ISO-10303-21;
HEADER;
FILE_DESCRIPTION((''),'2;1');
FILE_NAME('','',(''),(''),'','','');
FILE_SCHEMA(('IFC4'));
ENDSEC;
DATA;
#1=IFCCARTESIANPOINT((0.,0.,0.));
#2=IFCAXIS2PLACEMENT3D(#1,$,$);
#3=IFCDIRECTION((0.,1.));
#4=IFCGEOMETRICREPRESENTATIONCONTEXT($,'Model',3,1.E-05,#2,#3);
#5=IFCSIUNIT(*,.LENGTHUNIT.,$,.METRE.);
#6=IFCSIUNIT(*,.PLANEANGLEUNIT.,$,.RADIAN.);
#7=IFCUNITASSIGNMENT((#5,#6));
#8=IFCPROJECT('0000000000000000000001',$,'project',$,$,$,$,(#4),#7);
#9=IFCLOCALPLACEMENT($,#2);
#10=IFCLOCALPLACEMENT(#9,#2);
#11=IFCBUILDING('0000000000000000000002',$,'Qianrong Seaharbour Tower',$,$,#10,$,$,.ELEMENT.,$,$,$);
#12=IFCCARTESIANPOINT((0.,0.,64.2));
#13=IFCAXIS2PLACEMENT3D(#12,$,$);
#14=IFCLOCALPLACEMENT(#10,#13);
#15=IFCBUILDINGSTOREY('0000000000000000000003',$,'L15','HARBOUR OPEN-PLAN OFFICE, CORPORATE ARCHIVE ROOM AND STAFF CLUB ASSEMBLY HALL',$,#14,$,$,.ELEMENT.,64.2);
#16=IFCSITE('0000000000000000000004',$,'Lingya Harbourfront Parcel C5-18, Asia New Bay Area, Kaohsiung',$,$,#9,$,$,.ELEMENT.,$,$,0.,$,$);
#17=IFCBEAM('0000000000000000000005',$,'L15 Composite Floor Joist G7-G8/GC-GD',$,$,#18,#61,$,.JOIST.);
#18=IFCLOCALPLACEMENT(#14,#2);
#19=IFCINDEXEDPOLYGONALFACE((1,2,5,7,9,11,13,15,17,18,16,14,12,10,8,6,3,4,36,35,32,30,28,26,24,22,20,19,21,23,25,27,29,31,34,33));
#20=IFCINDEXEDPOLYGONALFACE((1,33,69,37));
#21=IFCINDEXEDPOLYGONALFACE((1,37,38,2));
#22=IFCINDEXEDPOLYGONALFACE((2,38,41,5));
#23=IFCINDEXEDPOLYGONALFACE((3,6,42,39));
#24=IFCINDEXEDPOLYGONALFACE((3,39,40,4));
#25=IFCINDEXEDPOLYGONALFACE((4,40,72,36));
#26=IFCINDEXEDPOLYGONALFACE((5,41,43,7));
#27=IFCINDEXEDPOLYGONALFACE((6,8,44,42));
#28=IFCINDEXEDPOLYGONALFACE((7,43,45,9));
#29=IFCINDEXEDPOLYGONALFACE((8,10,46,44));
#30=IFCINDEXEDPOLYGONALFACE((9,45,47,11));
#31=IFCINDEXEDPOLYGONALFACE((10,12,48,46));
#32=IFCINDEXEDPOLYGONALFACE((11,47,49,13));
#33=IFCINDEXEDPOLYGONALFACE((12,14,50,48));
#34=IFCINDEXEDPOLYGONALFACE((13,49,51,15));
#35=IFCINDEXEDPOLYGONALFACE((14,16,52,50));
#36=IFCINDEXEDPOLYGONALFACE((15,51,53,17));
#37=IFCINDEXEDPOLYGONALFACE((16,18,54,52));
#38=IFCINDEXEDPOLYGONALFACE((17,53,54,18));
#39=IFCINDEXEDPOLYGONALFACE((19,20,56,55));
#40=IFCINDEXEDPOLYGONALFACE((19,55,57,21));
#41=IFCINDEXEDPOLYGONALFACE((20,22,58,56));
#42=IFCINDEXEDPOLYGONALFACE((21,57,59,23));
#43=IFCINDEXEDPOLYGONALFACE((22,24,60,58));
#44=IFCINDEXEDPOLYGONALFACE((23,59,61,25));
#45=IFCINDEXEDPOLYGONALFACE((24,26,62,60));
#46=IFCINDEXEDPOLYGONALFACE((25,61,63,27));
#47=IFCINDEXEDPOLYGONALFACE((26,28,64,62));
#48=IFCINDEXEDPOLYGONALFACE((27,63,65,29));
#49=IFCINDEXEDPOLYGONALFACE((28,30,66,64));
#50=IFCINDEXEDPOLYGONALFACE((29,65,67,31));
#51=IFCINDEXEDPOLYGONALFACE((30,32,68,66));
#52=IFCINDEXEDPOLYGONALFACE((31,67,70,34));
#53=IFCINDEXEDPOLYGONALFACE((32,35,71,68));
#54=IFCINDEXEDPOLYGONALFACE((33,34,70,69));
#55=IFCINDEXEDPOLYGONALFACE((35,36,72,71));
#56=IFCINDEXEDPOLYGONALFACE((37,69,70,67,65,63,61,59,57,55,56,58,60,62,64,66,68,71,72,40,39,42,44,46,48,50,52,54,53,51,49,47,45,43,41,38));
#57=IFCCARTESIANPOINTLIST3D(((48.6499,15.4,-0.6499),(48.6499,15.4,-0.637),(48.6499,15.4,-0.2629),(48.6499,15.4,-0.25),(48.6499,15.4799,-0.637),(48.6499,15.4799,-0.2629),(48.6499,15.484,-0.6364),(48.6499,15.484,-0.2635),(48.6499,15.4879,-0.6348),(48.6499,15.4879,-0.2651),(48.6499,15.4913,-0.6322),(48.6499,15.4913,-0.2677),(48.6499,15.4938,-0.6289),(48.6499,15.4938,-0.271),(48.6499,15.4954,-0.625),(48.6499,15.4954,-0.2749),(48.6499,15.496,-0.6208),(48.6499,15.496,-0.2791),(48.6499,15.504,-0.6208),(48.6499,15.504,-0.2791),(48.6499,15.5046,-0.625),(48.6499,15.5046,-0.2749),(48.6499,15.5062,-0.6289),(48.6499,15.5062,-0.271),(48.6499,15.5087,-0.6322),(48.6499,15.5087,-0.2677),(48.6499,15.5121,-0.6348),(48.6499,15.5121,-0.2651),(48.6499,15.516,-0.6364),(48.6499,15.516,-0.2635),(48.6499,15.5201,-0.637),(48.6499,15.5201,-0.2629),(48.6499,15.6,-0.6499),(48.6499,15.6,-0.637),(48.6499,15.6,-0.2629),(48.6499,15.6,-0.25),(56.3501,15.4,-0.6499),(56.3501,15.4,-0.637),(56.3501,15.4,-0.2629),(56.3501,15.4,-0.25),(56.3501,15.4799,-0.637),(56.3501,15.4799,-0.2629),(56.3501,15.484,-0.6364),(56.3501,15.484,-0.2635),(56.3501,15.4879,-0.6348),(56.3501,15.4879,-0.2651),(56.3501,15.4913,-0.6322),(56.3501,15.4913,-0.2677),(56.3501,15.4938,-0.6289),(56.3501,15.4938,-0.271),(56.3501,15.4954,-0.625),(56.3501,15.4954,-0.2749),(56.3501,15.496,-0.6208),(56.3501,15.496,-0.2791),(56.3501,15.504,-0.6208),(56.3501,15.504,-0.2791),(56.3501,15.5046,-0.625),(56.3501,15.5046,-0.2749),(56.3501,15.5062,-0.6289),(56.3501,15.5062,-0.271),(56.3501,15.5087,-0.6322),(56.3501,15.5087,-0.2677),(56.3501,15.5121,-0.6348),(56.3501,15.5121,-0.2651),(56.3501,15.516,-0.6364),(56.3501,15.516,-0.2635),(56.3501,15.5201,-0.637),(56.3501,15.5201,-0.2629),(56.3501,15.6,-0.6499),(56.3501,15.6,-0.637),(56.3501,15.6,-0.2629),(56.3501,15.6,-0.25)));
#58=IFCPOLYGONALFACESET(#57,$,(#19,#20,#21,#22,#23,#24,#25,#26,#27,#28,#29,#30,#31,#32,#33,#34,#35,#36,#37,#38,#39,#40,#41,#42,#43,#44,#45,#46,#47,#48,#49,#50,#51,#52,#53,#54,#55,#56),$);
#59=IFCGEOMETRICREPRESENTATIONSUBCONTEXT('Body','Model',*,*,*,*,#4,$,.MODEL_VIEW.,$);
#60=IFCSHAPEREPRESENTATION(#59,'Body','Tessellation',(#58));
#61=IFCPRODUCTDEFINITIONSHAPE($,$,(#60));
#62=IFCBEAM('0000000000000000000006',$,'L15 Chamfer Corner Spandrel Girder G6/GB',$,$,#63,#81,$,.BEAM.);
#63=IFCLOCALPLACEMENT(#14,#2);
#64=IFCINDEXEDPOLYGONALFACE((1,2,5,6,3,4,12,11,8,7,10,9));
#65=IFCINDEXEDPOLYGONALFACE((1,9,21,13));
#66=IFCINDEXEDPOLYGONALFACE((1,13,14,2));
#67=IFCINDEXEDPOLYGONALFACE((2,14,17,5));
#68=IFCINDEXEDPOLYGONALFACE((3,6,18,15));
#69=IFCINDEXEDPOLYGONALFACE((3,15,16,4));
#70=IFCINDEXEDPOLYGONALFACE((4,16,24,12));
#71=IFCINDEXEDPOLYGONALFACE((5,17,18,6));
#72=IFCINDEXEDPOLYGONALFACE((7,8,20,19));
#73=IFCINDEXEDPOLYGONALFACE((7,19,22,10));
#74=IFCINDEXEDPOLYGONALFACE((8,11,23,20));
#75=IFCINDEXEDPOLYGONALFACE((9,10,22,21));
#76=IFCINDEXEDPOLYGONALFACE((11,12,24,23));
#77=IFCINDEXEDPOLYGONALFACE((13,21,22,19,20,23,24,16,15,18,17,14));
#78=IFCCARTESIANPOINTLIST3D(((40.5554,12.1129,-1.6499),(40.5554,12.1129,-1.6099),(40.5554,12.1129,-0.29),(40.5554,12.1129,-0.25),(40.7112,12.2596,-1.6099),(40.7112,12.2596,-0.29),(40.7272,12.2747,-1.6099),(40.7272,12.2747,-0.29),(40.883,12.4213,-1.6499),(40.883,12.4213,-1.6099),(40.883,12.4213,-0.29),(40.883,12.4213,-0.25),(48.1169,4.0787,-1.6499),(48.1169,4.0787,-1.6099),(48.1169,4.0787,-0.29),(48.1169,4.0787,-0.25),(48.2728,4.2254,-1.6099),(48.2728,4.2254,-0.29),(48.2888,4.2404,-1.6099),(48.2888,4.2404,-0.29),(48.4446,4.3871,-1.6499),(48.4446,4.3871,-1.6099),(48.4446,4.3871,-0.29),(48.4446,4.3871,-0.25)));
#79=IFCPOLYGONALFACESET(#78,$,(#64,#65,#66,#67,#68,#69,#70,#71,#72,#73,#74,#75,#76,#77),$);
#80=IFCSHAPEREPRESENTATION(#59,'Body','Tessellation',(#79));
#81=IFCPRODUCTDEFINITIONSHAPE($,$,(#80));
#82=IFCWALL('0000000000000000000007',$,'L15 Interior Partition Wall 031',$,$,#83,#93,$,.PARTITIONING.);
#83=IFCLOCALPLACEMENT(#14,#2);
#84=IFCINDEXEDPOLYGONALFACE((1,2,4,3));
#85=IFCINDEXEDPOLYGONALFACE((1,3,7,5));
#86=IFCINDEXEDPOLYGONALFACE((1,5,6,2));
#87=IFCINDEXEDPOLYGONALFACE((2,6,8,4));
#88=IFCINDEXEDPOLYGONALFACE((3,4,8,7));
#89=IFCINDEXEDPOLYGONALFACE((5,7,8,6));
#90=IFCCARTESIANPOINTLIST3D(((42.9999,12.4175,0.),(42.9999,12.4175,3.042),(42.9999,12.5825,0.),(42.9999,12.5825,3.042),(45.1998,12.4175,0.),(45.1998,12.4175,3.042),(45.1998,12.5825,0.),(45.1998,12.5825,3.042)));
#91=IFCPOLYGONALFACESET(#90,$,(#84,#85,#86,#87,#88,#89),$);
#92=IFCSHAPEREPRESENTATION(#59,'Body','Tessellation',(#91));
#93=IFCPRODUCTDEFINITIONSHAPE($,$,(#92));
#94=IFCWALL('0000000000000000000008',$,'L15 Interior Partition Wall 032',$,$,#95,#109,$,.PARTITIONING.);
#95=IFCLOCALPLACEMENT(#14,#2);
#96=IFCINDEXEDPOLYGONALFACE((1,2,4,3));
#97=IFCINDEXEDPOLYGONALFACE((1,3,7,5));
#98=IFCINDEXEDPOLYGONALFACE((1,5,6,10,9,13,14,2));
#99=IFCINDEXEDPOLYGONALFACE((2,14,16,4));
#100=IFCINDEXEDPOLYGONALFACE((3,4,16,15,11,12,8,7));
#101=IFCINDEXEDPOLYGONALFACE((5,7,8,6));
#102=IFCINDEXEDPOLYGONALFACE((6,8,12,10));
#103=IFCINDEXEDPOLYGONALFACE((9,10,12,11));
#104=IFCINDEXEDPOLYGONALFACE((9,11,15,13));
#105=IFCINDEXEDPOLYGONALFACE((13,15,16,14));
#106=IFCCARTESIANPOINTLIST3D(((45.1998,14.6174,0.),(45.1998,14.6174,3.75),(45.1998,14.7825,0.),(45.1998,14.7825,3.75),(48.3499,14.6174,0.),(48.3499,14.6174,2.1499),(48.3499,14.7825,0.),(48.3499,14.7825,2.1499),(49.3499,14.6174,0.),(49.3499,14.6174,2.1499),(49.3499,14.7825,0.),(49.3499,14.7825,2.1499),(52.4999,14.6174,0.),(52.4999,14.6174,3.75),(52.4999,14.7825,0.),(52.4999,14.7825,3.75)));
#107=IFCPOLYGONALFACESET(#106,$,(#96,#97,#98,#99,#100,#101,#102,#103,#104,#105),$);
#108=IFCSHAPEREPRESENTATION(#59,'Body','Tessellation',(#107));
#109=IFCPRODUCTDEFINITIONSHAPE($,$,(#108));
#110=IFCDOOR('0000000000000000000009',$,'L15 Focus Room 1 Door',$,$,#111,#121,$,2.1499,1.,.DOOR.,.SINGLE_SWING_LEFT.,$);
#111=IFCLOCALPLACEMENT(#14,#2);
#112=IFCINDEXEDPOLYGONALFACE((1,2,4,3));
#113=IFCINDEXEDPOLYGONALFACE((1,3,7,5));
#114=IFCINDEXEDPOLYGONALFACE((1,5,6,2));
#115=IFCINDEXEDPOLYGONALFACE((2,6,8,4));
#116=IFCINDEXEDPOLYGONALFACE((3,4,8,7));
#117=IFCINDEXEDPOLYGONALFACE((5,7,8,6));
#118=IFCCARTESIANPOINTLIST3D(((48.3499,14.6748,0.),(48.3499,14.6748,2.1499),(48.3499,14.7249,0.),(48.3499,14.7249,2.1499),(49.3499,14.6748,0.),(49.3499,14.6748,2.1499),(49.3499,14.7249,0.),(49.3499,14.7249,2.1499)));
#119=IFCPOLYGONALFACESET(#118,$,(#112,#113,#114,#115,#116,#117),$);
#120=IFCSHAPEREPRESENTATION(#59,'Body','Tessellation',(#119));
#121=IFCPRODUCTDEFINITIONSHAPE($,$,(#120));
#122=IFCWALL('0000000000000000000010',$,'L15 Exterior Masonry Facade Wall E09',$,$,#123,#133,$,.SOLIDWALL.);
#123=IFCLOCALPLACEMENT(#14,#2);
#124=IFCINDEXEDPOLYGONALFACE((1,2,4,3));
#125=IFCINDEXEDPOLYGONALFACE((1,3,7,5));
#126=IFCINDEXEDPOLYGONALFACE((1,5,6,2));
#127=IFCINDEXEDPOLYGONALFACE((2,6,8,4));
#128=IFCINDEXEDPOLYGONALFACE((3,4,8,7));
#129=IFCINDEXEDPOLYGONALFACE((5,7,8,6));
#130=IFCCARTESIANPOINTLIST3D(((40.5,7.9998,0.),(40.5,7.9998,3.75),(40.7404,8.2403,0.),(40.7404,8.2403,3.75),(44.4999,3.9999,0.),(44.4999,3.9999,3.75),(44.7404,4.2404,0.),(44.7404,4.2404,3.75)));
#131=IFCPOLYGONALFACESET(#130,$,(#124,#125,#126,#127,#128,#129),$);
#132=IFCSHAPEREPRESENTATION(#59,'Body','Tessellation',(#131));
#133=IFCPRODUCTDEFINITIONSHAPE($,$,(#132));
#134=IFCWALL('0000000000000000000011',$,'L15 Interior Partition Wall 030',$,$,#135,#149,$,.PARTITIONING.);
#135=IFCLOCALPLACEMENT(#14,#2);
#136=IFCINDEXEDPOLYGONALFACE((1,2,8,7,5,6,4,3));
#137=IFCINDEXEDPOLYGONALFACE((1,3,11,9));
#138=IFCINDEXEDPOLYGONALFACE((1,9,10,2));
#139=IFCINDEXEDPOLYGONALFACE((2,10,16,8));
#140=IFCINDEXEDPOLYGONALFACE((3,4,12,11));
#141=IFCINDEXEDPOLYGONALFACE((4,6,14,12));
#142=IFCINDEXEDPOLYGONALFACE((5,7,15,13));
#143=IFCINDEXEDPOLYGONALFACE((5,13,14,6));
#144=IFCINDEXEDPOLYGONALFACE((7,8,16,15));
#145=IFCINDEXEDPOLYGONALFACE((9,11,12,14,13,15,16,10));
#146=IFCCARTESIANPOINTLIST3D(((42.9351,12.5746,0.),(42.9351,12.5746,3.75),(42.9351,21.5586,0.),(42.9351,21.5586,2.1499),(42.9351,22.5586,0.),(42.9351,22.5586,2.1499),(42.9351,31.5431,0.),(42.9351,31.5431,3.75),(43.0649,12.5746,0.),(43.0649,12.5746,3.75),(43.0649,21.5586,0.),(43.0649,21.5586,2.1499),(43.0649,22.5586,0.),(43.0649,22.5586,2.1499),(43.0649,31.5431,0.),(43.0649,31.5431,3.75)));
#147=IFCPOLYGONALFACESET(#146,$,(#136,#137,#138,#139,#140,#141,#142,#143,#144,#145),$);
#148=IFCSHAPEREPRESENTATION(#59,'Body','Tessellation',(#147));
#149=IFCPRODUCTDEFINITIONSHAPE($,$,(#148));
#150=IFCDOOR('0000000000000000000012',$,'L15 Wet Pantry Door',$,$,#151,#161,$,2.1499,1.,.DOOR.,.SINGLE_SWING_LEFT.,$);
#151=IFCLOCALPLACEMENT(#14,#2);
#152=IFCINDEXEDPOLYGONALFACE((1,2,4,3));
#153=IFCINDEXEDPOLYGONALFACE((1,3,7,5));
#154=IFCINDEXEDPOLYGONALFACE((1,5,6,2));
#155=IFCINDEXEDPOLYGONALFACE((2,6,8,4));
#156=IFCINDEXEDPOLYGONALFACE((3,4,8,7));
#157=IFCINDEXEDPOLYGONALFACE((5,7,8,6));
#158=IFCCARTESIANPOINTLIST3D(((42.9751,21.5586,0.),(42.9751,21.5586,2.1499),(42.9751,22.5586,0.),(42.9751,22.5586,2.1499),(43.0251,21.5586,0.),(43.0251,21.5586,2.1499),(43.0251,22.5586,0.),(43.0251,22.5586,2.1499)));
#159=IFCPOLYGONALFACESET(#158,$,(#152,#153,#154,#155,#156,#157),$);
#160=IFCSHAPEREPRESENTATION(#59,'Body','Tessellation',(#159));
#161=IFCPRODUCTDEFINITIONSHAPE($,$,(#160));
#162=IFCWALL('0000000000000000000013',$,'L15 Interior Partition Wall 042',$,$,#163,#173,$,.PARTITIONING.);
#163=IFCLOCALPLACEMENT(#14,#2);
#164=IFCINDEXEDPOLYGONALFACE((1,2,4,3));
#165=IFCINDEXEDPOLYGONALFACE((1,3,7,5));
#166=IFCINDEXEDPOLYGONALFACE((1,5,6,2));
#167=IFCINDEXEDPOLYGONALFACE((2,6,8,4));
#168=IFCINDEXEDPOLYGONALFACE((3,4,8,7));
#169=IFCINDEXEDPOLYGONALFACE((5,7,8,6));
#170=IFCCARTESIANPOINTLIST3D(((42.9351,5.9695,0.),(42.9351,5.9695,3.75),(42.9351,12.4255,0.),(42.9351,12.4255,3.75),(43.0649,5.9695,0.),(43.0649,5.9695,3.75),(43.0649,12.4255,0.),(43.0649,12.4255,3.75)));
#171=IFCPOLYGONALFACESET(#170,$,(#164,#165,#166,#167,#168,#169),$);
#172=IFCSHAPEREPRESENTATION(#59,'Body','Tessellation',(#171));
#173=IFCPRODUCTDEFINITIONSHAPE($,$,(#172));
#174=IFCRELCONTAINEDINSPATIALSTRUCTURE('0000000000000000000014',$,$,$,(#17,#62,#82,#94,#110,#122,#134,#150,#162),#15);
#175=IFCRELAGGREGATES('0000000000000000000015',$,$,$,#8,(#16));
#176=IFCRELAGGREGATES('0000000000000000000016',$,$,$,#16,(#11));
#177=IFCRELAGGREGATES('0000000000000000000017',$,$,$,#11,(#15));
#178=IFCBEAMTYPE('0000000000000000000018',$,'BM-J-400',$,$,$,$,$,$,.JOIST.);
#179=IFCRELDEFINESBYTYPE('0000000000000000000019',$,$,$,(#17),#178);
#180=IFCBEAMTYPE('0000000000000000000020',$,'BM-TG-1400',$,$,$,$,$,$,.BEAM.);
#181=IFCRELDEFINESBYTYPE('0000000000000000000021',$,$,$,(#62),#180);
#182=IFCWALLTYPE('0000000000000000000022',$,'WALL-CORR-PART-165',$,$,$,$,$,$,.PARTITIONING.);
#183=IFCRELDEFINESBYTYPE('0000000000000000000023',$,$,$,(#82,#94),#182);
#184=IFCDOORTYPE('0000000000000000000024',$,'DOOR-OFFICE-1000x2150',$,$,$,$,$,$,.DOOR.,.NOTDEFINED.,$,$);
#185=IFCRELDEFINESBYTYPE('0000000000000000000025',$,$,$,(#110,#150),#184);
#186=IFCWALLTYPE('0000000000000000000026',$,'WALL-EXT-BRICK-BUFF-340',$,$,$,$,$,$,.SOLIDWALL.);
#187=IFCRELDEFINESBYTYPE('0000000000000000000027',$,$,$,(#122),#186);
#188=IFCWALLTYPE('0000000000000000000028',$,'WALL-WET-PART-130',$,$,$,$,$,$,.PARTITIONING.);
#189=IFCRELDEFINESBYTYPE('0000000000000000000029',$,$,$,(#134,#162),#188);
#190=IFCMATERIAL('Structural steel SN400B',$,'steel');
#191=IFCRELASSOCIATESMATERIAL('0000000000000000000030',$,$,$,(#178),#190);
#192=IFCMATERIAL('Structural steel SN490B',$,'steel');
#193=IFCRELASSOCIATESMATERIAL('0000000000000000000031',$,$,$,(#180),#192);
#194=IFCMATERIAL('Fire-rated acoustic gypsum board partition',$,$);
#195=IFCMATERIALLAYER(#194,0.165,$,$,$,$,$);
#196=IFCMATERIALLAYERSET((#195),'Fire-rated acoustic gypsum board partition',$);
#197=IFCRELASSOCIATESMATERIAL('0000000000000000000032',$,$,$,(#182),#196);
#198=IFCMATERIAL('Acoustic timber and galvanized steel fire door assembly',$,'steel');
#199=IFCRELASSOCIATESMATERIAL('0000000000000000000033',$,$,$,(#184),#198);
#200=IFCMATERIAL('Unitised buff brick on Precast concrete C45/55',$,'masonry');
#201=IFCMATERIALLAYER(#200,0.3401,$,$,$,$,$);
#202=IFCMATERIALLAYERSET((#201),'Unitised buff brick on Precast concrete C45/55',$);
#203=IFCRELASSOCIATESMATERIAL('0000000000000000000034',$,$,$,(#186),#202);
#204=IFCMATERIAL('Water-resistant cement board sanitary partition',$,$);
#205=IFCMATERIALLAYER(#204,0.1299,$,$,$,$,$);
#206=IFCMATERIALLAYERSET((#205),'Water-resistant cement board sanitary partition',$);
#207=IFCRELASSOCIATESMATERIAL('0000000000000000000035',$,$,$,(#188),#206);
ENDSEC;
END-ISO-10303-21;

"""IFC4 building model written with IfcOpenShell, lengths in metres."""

from ifc_helpers import new_model, si_unit, direction, frame, frame_2d, origin, origin_2d, place, context, subcontext, project, spatial, rectangle, i_section, extrude, material, layer, layer_set, material_profile, profile_set, type_object, element, fill, save


model = new_model("IFC4")

# Units and contexts
model_context = context("Model", 3, precision=1e-05, world=origin(), true_north=direction((0.0, 1.0)))
body_context = subcontext(model_context, "Body", "Model", "MODEL_VIEW")
ifc_project = project(units=[si_unit("LENGTHUNIT", "METRE"), si_unit("PLANEANGLEUNIT", "RADIAN")], contexts=[model_context])

# Site, building, storey
site_placement = place(None, origin())
site = spatial("IfcSite", under=ifc_project, at=site_placement, Name="Lingya Harbourfront Parcel C5-18, Asia New Bay Area, Kaohsiung", CompositionType="ELEMENT", RefElevation=0.0)
building_placement = place(site_placement, origin())
building = spatial("IfcBuilding", under=site, at=building_placement, Name="Qianrong Seaharbour Tower", CompositionType="ELEMENT")
storey_placement = place(building_placement, frame((0.0, 0.0, 64.2)))
storey = spatial("IfcBuildingStorey", under=building, at=storey_placement, Name="L15", Description="HARBOUR OPEN-PLAN OFFICE, CORPORATE ARCHIVE ROOM AND STAFF CLUB ASSEMBLY HALL", CompositionType="ELEMENT", Elevation=64.2)

# Shared definitions
ifc_material_1 = material(Name="Structural steel SN490B", Category="steel")

# Beams
ifc_material_2 = material(Name="Structural steel SN400B", Category="steel")
ifc_material_profile_1 = material_profile(ifc_material_2, i_section(OverallWidth=0.2, OverallDepth=0.3999, WebThickness=0.0081, FlangeThickness=0.0129, FilletRadius=0.0161, at=origin_2d()), Name="H400x200x8x13")
ifc_profile_set_1 = profile_set([ifc_material_profile_1], Name="Structural steel SN400B")
beam_type_1 = type_object("IfcBeamType", Name="BM-J-400", PredefinedType="JOIST", material=ifc_profile_set_1)
for number, where, z_axis, x_axis, name in (
    (1, (48.6499, 15.5, -0.45), (1.0, 0.0, 0.0), (0.0, 1.0, 0.0), "L15 Composite Floor Joist G7-G8/GC-GD"),
):
    element("IfcBeam", number, at=place(storey_placement, frame(where, z_axis=z_axis, x_axis=x_axis)), inside=storey, type_object=beam_type_1, Name=name, PredefinedType="JOIST", context=body_context, shape_type="SweptSolid", body=[
        extrude(i_section(OverallWidth=0.2, OverallDepth=0.3999, WebThickness=0.0081, FlangeThickness=0.0129, FilletRadius=0.0161, at=origin_2d()), origin(), (0.0, 0.0, 1.0), 7.7002),
    ])
ifc_material_profile_2 = material_profile(ifc_material_1, i_section(OverallWidth=0.45, OverallDepth=1.3999, WebThickness=0.022, FlangeThickness=0.04, at=origin_2d()), Name="BH1400x450x22x40")
ifc_profile_set_2 = profile_set([ifc_material_profile_2], Name="Structural steel SN490B")
beam_type_2 = type_object("IfcBeamType", Name="BM-TG-1400", PredefinedType="BEAM", material=ifc_profile_set_2)
beam_1_placement = place(storey_placement, frame((48.2808, 4.2329, -0.95), z_axis=(-0.685362, 0.728203, 0.0), x_axis=(-0.728203, -0.685362, 0.0)))
element("IfcBeam", 2, at=beam_1_placement, inside=storey, type_object=beam_type_2, Name="L15 Chamfer Corner Spandrel Girder G6/GB", PredefinedType="BEAM", context=body_context, shape_type="SweptSolid", body=[
    extrude(i_section(OverallWidth=0.45, OverallDepth=1.3999, WebThickness=0.022, FlangeThickness=0.04, at=origin_2d()), origin(), (0.0, 0.0, 1.0), 11.033),
])

# Wall
ifc_material_3 = material(Name="Fire-rated acoustic gypsum board partition")
ifc_layer_1 = layer(ifc_material_3, 0.165)
ifc_layer_set_1 = layer_set([ifc_layer_1], Name="Fire-rated acoustic gypsum board partition")
wall_type_1 = type_object("IfcWallType", Name="WALL-CORR-PART-165", PredefinedType="PARTITIONING", material=ifc_layer_set_1)
wall_1_placement = place(storey_placement, frame((45.2, 12.5, 0.0), z_axis=(0.0, 0.0, 1.0), x_axis=(-1.0, 0.0, 0.0)))
element("IfcWall", 3, at=wall_1_placement, inside=storey, type_object=wall_type_1, Name="L15 Interior Partition Wall 031", PredefinedType="PARTITIONING", context=body_context, shape_type="SweptSolid", body=[
    extrude(rectangle(XDim=2.2, YDim=0.165, at=frame_2d((1.1001, 0.0))), origin(), (0.0, 0.0, 1.0), 3.042),
])

# Wall, opening, door
wall_2_placement = place(storey_placement, frame((45.2, 14.7, 0.0), z_axis=(0.0, 0.0, 1.0), x_axis=(1.0, 0.0, 0.0)))
wall_2 = element("IfcWall", 4, at=wall_2_placement, inside=storey, type_object=wall_type_1, Name="L15 Interior Partition Wall 032", PredefinedType="PARTITIONING", context=body_context, shape_type="SweptSolid", body=[
    extrude(rectangle(XDim=7.3, YDim=0.165, at=frame_2d((3.6499, 0.0))), origin(), (0.0, 0.0, 1.0), 3.75),
])
opening_1_placement = place(wall_2_placement, frame((3.1499, 0.0, 0.0)))
opening_1 = element("IfcOpeningElement", 5, at=opening_1_placement, cuts=wall_2, PredefinedType="OPENING", context=body_context, shape_type="SweptSolid", body=[
    extrude(rectangle(XDim=1.0, YDim=2.1499, at=frame_2d((0.5, 1.075))), frame((0.0, 0.0925, 0.0), z_axis=(0.0, -1.0, 0.0), x_axis=(1.0, 0.0, 0.0)), (0.0, 0.0, 1.0), 0.1851),
])
ifc_material_4 = material(Name="Acoustic timber and galvanized steel fire door assembly", Category="steel")
door_type = type_object("IfcDoorType", Name="DOOR-OFFICE-1000x2150", OperationType="NOTDEFINED", PredefinedType="DOOR", material=ifc_material_4)
door_1_placement = place(opening_1_placement, origin())
door_1 = element("IfcDoor", 6, at=door_1_placement, inside=storey, type_object=door_type, Name="L15 Focus Room 1 Door", OperationType="SINGLE_SWING_LEFT", OverallHeight=2.1499, OverallWidth=1.0, PredefinedType="DOOR", context=body_context, shape_type="SweptSolid", body=[
    extrude(rectangle(XDim=1.0, YDim=2.1499, at=frame_2d((0.5, 1.075))), frame((0.0, 0.0249, 0.0), z_axis=(0.0, -1.0, 0.0), x_axis=(1.0, 0.0, 0.0)), (0.0, 0.0, 1.0), 0.05),
])
fill(opening_1, door_1)

# Wall
ifc_material_5 = material(Name="Unitised buff brick on Precast concrete C45/55", Category="masonry")
ifc_layer_2 = layer(ifc_material_5, 0.3401)
ifc_layer_set_2 = layer_set([ifc_layer_2], Name="Unitised buff brick on Precast concrete C45/55")
wall_type_2 = type_object("IfcWallType", Name="WALL-EXT-BRICK-BUFF-340", PredefinedType="SOLIDWALL", material=ifc_layer_set_2)
wall_3_placement = place(storey_placement, frame((44.6201, 4.1201, 0.0), z_axis=(0.0, 0.0, 1.0), x_axis=(-0.707107, 0.707107, 0.0)))
element("IfcWall", 7, at=wall_3_placement, inside=storey, type_object=wall_type_2, Name="L15 Exterior Masonry Facade Wall E09", PredefinedType="SOLIDWALL", context=body_context, shape_type="SweptSolid", body=[
    extrude(rectangle(XDim=5.6567, YDim=0.3401, at=frame_2d((2.8284, 0.0))), origin(), (0.0, 0.0, 1.0), 3.75),
])

# Wall, opening, door
ifc_material_6 = material(Name="Water-resistant cement board sanitary partition")
ifc_layer_3 = layer(ifc_material_6, 0.1299)
ifc_layer_set_3 = layer_set([ifc_layer_3], Name="Water-resistant cement board sanitary partition")
wall_type_3 = type_object("IfcWallType", Name="WALL-WET-PART-130", PredefinedType="PARTITIONING", material=ifc_layer_set_3)
wall_4_placement = place(storey_placement, frame((43.0, 12.5745, 0.0), z_axis=(0.0, 0.0, 1.0), x_axis=(0.0, 1.0, 0.0)))
wall_4 = element("IfcWall", 8, at=wall_4_placement, inside=storey, type_object=wall_type_3, Name="L15 Interior Partition Wall 030", PredefinedType="PARTITIONING", context=body_context, shape_type="SweptSolid", body=[
    extrude(rectangle(XDim=18.9685, YDim=0.1299, at=frame_2d((9.4844, 0.0))), origin(), (0.0, 0.0, 1.0), 3.75),
])
opening_2_placement = place(wall_4_placement, frame((8.9841, 0.0, 0.0)))
opening_2 = element("IfcOpeningElement", 9, at=opening_2_placement, cuts=wall_4, PredefinedType="OPENING", context=body_context, shape_type="SweptSolid", body=[
    extrude(rectangle(XDim=1.0, YDim=2.1499, at=frame_2d((0.5, 1.075))), frame((0.0, 0.075, 0.0), z_axis=(0.0, -1.0, 0.0), x_axis=(1.0, 0.0, 0.0)), (0.0, 0.0, 1.0), 0.1499),
])
door_2_placement = place(opening_2_placement, origin())
door_2 = element("IfcDoor", 10, at=door_2_placement, inside=storey, type_object=door_type, Name="L15 Wet Pantry Door", OperationType="SINGLE_SWING_LEFT", OverallHeight=2.1499, OverallWidth=1.0, PredefinedType="DOOR", context=body_context, shape_type="SweptSolid", body=[
    extrude(rectangle(XDim=1.0, YDim=2.1499, at=frame_2d((0.5, 1.075))), frame((0.0, 0.0249, 0.0), z_axis=(0.0, -1.0, 0.0), x_axis=(1.0, 0.0, 0.0)), (0.0, 0.0, 1.0), 0.05),
])
fill(opening_2, door_2)

# Wall
wall_5_placement = place(storey_placement, frame((43.0, 12.4255, 0.0), z_axis=(0.0, 0.0, 1.0), x_axis=(0.0, -1.0, 0.0)))
element("IfcWall", 11, at=wall_5_placement, inside=storey, type_object=wall_type_3, Name="L15 Interior Partition Wall 042", PredefinedType="PARTITIONING", context=body_context, shape_type="SweptSolid", body=[
    extrude(rectangle(XDim=6.4561, YDim=0.1299, at=frame_2d((3.228, 0.0))), origin(), (0.0, 0.0, 1.0), 3.75),
])

save(model, "model.ifc")
